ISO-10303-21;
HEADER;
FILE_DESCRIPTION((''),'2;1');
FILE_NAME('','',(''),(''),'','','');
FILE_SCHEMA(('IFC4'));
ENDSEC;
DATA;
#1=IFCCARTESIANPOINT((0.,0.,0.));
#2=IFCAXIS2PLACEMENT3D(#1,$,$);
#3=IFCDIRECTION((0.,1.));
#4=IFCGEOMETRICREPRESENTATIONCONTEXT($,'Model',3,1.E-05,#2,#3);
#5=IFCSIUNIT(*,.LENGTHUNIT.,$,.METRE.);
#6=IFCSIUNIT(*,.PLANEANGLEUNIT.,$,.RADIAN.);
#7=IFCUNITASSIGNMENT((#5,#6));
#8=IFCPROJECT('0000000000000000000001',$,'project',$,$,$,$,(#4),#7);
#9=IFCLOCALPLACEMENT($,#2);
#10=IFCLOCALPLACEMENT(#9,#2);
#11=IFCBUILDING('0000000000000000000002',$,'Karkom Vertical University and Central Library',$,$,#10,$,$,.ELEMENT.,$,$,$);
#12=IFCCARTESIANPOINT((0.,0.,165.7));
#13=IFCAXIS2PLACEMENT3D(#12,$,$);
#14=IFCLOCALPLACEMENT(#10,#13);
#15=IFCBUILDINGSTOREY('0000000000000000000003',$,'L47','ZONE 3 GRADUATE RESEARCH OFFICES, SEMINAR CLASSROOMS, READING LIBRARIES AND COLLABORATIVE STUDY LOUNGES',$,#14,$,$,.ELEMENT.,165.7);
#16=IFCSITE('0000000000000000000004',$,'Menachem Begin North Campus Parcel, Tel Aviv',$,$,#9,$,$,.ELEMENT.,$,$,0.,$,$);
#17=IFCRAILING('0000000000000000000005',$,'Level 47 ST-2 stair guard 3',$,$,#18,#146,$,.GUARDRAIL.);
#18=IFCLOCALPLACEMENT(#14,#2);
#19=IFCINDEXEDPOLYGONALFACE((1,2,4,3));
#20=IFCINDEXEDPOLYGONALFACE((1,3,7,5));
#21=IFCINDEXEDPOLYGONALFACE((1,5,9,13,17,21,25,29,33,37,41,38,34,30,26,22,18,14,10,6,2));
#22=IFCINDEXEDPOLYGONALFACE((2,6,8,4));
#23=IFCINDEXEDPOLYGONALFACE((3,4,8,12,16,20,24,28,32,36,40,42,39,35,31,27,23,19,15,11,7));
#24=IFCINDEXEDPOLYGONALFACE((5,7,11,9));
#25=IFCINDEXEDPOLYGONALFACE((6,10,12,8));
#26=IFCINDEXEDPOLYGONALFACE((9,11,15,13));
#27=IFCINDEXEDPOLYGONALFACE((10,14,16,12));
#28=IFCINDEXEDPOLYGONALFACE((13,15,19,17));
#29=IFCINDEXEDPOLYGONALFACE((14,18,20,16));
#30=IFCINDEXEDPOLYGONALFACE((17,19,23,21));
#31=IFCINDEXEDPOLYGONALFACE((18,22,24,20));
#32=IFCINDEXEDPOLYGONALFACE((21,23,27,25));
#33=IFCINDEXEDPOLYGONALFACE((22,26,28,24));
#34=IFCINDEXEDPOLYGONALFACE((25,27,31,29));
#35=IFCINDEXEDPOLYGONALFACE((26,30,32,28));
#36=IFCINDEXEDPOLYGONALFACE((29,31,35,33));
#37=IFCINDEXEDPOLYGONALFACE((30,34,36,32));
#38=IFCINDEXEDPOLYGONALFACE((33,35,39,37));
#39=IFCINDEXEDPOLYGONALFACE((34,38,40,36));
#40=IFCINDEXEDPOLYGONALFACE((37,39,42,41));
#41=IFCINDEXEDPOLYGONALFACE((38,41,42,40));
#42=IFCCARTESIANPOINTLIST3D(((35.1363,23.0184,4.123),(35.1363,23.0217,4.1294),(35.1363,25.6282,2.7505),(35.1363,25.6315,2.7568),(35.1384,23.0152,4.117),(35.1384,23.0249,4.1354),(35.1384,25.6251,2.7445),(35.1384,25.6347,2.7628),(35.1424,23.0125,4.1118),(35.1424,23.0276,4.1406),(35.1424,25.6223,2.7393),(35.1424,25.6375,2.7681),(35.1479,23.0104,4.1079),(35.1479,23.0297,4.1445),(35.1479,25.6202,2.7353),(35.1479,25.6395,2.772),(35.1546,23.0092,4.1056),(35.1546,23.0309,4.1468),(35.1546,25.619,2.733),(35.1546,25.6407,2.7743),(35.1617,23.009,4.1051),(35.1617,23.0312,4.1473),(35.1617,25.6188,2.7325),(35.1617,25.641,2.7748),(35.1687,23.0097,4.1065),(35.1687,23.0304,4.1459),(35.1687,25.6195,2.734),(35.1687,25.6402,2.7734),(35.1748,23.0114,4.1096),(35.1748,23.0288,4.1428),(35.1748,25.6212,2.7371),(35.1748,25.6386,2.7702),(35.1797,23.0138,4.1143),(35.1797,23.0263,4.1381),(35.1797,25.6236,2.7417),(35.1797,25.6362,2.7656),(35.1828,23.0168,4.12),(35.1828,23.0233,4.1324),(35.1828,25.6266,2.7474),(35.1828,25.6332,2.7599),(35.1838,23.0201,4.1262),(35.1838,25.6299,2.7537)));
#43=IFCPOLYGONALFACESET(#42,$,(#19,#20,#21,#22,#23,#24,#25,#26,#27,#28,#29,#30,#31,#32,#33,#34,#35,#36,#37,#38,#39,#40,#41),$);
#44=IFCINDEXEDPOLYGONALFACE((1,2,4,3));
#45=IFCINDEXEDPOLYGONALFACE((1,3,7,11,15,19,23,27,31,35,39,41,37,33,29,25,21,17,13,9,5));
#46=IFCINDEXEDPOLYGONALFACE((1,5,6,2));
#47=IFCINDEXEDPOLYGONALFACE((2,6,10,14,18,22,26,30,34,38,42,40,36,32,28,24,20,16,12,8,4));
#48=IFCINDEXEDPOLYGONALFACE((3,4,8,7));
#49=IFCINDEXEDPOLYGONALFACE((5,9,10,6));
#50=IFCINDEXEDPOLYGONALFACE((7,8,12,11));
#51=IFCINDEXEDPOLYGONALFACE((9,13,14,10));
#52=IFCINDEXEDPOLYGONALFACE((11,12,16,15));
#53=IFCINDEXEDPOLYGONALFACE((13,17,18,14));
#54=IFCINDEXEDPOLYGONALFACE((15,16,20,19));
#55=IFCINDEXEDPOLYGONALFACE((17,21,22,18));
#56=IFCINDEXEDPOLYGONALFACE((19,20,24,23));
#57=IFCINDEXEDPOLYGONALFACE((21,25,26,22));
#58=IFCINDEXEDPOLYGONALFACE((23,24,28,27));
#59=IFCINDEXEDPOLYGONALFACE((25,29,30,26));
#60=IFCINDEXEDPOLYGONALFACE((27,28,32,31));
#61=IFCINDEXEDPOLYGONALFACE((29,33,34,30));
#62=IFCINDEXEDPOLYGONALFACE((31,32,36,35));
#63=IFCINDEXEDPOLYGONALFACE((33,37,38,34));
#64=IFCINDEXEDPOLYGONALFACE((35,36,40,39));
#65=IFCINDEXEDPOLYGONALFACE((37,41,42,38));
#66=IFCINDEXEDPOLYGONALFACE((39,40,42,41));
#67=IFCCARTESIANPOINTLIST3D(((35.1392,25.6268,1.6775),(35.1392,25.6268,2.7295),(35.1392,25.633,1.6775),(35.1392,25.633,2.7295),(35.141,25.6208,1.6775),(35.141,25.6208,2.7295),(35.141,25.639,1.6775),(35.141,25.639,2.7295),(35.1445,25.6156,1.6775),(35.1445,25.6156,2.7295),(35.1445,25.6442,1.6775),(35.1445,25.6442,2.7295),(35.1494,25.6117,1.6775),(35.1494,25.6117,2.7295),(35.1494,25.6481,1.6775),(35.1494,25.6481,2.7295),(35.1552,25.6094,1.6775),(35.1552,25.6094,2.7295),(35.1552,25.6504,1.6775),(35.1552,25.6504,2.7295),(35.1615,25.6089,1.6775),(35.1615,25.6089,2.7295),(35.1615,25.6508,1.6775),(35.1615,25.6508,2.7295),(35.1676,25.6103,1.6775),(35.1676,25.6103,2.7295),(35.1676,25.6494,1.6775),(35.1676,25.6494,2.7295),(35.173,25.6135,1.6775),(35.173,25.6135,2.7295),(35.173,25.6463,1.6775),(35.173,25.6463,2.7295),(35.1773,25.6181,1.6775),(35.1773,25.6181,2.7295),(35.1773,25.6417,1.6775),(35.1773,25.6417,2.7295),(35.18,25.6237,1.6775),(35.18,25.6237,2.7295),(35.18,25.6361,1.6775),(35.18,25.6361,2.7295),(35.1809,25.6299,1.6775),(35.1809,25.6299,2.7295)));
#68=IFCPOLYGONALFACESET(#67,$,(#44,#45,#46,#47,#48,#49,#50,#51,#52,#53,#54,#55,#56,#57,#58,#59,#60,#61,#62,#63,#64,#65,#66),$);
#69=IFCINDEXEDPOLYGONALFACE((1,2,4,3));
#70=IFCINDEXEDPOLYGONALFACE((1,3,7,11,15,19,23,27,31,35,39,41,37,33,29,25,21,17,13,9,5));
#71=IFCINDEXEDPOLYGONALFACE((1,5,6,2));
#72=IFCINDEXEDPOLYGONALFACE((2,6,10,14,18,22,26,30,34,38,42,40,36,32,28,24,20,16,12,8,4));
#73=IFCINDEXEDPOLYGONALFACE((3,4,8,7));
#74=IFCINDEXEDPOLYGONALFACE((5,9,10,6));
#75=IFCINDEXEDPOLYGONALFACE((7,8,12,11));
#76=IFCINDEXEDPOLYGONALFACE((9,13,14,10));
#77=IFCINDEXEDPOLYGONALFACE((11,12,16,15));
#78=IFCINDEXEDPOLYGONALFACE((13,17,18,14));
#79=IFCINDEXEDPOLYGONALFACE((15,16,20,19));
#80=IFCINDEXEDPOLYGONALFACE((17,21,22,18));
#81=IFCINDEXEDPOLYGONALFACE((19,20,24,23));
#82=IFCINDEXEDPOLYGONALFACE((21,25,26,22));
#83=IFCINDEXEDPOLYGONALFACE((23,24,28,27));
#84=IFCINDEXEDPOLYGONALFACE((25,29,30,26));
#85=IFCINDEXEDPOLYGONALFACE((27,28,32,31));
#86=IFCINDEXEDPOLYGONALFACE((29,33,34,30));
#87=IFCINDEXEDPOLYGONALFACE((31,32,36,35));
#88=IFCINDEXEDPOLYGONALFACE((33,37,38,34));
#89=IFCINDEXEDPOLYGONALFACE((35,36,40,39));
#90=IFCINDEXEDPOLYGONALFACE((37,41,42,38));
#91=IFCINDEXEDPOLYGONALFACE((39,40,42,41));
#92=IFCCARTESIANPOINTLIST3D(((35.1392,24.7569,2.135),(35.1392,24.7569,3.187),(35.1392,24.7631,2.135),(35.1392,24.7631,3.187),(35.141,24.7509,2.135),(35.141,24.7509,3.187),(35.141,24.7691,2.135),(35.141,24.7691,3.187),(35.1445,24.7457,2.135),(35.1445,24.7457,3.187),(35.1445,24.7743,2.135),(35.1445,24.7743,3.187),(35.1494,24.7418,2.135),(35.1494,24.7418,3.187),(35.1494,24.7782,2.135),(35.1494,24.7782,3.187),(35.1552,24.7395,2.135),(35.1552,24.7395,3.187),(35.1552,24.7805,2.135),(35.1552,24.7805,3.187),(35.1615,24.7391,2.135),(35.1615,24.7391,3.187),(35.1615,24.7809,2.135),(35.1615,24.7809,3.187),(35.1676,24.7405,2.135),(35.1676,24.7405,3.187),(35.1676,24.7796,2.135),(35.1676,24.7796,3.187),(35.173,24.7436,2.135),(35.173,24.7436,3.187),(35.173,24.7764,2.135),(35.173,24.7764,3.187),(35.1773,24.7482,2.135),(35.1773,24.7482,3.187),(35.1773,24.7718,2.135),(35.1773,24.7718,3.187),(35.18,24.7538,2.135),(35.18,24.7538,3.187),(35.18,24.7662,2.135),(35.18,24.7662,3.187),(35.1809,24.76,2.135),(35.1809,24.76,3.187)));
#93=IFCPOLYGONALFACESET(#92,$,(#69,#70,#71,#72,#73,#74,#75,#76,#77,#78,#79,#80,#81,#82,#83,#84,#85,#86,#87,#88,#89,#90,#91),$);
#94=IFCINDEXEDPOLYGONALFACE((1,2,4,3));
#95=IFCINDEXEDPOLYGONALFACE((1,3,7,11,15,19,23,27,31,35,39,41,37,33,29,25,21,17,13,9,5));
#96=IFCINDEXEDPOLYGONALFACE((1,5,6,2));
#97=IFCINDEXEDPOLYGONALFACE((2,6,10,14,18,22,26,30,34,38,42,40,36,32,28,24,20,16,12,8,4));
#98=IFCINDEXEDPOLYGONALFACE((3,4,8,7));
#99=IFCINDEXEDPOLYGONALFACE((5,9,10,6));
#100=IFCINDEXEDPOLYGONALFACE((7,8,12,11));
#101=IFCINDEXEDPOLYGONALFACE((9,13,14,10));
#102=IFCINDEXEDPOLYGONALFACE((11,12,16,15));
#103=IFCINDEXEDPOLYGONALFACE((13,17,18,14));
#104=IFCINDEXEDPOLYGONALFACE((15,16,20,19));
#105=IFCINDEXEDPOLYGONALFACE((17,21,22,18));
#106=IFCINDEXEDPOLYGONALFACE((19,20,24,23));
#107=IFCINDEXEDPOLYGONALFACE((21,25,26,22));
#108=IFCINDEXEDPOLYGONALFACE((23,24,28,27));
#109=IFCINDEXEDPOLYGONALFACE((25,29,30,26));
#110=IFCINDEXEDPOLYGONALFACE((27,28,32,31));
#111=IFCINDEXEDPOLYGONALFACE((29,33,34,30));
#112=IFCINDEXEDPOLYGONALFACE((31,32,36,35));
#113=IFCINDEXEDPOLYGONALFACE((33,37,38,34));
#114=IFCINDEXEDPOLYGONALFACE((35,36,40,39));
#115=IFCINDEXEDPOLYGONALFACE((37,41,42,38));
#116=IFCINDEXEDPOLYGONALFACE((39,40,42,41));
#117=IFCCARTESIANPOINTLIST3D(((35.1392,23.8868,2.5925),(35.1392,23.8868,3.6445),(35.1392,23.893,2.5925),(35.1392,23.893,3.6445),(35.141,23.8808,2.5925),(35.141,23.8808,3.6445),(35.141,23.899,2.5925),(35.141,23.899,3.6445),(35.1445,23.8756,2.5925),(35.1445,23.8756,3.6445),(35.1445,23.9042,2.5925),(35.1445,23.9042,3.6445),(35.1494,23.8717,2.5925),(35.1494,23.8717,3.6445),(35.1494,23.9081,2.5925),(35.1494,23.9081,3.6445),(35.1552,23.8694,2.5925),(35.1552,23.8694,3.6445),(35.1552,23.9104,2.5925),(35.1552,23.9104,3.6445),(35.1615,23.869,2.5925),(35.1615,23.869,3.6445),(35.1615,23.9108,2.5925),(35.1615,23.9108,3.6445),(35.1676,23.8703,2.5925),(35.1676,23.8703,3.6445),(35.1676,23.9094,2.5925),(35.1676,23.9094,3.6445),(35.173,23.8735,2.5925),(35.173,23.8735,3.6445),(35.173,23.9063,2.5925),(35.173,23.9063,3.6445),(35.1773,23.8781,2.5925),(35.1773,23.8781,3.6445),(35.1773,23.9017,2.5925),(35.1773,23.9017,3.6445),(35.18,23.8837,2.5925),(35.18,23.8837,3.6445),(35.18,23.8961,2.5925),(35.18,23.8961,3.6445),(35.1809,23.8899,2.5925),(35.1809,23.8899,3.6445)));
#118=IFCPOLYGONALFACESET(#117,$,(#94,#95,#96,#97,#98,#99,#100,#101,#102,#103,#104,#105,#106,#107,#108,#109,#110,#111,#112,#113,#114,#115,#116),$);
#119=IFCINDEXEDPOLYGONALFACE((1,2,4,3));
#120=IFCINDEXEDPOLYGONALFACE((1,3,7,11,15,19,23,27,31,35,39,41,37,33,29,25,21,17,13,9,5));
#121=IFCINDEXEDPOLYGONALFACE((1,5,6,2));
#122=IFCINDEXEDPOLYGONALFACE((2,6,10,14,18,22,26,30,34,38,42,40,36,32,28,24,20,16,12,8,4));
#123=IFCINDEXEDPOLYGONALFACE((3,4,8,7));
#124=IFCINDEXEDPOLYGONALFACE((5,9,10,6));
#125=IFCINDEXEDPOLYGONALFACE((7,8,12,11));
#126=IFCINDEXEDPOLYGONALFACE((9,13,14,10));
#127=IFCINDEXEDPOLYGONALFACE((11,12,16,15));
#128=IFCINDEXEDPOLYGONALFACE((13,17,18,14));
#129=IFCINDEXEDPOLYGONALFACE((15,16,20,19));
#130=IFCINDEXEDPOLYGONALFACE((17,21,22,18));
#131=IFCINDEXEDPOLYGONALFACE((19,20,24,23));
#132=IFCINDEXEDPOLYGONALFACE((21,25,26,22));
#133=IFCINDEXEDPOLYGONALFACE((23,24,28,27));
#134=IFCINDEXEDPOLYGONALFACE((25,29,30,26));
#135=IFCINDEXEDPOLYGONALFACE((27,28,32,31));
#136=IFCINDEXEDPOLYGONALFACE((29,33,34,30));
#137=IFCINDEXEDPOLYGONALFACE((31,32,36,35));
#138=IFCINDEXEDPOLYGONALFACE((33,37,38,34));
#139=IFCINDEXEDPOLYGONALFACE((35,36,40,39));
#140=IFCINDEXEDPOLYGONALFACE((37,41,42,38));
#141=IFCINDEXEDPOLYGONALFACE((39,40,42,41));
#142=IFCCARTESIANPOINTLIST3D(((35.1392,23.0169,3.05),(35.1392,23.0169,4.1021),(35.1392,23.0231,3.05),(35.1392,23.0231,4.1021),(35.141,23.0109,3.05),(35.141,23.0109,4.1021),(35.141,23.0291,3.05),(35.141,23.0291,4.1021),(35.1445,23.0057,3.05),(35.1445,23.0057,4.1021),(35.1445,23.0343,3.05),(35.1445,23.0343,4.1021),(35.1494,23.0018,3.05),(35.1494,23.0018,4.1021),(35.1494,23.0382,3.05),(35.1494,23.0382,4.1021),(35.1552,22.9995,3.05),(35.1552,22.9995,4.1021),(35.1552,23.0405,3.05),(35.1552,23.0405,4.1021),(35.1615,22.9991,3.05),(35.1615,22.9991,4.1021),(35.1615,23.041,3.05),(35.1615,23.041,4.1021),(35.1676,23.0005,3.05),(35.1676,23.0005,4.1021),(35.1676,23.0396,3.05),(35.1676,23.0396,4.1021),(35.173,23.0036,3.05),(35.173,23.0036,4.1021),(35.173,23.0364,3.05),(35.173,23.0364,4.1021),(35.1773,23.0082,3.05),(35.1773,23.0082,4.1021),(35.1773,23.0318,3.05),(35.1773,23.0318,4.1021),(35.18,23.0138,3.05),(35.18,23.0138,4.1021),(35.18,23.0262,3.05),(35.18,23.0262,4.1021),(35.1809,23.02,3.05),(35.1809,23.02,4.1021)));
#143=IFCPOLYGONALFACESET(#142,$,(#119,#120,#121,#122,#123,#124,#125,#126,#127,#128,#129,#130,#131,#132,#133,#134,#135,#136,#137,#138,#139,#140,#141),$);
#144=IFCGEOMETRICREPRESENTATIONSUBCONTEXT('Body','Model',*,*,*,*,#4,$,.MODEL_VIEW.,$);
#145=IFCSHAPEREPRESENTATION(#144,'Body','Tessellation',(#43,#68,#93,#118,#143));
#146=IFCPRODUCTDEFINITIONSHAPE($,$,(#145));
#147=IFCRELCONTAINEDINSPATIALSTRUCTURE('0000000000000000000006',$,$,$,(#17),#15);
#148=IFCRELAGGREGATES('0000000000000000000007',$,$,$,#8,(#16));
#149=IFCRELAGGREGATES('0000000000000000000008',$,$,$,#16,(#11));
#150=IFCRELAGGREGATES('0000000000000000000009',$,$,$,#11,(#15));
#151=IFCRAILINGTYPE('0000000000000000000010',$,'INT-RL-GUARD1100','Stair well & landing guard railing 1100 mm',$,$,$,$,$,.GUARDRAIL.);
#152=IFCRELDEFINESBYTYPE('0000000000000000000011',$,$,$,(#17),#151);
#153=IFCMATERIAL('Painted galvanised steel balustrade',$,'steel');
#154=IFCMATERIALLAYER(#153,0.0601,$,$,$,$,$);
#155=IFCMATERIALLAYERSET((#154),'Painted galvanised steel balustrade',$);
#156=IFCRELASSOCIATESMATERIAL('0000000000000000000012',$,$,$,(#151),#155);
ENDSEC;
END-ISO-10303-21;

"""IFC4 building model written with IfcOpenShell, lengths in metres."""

from ifc_helpers import new_model, si_unit, direction, frame, origin, origin_2d, place, context, subcontext, project, spatial, circle, extrude, material, layer, layer_set, type_object, element, save


model = new_model("IFC4")

# Units and contexts
model_context = context("Model", 3, precision=1e-05, world=origin(), true_north=direction((0.0, 1.0)))
body_context = subcontext(model_context, "Body", "Model", "MODEL_VIEW")
ifc_project = project(units=[si_unit("LENGTHUNIT", "METRE"), si_unit("PLANEANGLEUNIT", "RADIAN")], contexts=[model_context])

# Site, building, storey
site_placement = place(None, origin())
site = spatial("IfcSite", under=ifc_project, at=site_placement, Name="Menachem Begin North Campus Parcel, Tel Aviv", CompositionType="ELEMENT", RefElevation=0.0)
building_placement = place(site_placement, origin())
building = spatial("IfcBuilding", under=site, at=building_placement, Name="Karkom Vertical University and Central Library", CompositionType="ELEMENT")
storey_placement = place(building_placement, frame((0.0, 0.0, 165.7)))
storey = spatial("IfcBuildingStorey", under=building, at=storey_placement, Name="L47", Description="ZONE 3 GRADUATE RESEARCH OFFICES, SEMINAR CLASSROOMS, READING LIBRARIES AND COLLABORATIVE STUDY LOUNGES", CompositionType="ELEMENT", Elevation=165.7)

# Railing
ifc_material_1 = material(Name="Painted galvanised steel balustrade", Category="steel")
ifc_layer_1 = layer(ifc_material_1, 0.0601)
ifc_layer_set_1 = layer_set([ifc_layer_1], Name="Painted galvanised steel balustrade")
railing_type_1 = type_object("IfcRailingType", Name="INT-RL-GUARD1100", Description="Stair well & landing guard railing 1100 mm", PredefinedType="GUARDRAIL", material=ifc_layer_set_1)
railing_1_placement = place(storey_placement, frame((35.1599, 25.6299, 1.6775)))
element("IfcRailing", 1, at=railing_1_placement, inside=storey, type_object=railing_type_1, Name="Level 47 ST-2 stair guard 3", PredefinedType="GUARDRAIL", context=body_context, shape_type="SweptSolid", body=[
    extrude(circle(Radius=0.0239, at=origin_2d()), frame((0.0, 0.0, 1.0762), z_axis=(0.0, -0.885065, 0.465467), x_axis=(1.0, 0.0, 0.0)), (0.0, 0.0, 1.0), 2.9487),
    extrude(circle(Radius=0.021, at=origin_2d()), origin(), (0.0, 0.0, 1.0), 1.052),
    extrude(circle(Radius=0.021, at=origin_2d()), frame((0.0, -0.8699, 0.4575)), (0.0, 0.0, 1.0), 1.052),
    extrude(circle(Radius=0.021, at=origin_2d()), frame((0.0, -1.74, 0.915)), (0.0, 0.0, 1.0), 1.052),
    extrude(circle(Radius=0.021, at=origin_2d()), frame((0.0, -2.6099, 1.3726)), (0.0, 0.0, 1.0), 1.052),
])

save(model, "model.ifc")
